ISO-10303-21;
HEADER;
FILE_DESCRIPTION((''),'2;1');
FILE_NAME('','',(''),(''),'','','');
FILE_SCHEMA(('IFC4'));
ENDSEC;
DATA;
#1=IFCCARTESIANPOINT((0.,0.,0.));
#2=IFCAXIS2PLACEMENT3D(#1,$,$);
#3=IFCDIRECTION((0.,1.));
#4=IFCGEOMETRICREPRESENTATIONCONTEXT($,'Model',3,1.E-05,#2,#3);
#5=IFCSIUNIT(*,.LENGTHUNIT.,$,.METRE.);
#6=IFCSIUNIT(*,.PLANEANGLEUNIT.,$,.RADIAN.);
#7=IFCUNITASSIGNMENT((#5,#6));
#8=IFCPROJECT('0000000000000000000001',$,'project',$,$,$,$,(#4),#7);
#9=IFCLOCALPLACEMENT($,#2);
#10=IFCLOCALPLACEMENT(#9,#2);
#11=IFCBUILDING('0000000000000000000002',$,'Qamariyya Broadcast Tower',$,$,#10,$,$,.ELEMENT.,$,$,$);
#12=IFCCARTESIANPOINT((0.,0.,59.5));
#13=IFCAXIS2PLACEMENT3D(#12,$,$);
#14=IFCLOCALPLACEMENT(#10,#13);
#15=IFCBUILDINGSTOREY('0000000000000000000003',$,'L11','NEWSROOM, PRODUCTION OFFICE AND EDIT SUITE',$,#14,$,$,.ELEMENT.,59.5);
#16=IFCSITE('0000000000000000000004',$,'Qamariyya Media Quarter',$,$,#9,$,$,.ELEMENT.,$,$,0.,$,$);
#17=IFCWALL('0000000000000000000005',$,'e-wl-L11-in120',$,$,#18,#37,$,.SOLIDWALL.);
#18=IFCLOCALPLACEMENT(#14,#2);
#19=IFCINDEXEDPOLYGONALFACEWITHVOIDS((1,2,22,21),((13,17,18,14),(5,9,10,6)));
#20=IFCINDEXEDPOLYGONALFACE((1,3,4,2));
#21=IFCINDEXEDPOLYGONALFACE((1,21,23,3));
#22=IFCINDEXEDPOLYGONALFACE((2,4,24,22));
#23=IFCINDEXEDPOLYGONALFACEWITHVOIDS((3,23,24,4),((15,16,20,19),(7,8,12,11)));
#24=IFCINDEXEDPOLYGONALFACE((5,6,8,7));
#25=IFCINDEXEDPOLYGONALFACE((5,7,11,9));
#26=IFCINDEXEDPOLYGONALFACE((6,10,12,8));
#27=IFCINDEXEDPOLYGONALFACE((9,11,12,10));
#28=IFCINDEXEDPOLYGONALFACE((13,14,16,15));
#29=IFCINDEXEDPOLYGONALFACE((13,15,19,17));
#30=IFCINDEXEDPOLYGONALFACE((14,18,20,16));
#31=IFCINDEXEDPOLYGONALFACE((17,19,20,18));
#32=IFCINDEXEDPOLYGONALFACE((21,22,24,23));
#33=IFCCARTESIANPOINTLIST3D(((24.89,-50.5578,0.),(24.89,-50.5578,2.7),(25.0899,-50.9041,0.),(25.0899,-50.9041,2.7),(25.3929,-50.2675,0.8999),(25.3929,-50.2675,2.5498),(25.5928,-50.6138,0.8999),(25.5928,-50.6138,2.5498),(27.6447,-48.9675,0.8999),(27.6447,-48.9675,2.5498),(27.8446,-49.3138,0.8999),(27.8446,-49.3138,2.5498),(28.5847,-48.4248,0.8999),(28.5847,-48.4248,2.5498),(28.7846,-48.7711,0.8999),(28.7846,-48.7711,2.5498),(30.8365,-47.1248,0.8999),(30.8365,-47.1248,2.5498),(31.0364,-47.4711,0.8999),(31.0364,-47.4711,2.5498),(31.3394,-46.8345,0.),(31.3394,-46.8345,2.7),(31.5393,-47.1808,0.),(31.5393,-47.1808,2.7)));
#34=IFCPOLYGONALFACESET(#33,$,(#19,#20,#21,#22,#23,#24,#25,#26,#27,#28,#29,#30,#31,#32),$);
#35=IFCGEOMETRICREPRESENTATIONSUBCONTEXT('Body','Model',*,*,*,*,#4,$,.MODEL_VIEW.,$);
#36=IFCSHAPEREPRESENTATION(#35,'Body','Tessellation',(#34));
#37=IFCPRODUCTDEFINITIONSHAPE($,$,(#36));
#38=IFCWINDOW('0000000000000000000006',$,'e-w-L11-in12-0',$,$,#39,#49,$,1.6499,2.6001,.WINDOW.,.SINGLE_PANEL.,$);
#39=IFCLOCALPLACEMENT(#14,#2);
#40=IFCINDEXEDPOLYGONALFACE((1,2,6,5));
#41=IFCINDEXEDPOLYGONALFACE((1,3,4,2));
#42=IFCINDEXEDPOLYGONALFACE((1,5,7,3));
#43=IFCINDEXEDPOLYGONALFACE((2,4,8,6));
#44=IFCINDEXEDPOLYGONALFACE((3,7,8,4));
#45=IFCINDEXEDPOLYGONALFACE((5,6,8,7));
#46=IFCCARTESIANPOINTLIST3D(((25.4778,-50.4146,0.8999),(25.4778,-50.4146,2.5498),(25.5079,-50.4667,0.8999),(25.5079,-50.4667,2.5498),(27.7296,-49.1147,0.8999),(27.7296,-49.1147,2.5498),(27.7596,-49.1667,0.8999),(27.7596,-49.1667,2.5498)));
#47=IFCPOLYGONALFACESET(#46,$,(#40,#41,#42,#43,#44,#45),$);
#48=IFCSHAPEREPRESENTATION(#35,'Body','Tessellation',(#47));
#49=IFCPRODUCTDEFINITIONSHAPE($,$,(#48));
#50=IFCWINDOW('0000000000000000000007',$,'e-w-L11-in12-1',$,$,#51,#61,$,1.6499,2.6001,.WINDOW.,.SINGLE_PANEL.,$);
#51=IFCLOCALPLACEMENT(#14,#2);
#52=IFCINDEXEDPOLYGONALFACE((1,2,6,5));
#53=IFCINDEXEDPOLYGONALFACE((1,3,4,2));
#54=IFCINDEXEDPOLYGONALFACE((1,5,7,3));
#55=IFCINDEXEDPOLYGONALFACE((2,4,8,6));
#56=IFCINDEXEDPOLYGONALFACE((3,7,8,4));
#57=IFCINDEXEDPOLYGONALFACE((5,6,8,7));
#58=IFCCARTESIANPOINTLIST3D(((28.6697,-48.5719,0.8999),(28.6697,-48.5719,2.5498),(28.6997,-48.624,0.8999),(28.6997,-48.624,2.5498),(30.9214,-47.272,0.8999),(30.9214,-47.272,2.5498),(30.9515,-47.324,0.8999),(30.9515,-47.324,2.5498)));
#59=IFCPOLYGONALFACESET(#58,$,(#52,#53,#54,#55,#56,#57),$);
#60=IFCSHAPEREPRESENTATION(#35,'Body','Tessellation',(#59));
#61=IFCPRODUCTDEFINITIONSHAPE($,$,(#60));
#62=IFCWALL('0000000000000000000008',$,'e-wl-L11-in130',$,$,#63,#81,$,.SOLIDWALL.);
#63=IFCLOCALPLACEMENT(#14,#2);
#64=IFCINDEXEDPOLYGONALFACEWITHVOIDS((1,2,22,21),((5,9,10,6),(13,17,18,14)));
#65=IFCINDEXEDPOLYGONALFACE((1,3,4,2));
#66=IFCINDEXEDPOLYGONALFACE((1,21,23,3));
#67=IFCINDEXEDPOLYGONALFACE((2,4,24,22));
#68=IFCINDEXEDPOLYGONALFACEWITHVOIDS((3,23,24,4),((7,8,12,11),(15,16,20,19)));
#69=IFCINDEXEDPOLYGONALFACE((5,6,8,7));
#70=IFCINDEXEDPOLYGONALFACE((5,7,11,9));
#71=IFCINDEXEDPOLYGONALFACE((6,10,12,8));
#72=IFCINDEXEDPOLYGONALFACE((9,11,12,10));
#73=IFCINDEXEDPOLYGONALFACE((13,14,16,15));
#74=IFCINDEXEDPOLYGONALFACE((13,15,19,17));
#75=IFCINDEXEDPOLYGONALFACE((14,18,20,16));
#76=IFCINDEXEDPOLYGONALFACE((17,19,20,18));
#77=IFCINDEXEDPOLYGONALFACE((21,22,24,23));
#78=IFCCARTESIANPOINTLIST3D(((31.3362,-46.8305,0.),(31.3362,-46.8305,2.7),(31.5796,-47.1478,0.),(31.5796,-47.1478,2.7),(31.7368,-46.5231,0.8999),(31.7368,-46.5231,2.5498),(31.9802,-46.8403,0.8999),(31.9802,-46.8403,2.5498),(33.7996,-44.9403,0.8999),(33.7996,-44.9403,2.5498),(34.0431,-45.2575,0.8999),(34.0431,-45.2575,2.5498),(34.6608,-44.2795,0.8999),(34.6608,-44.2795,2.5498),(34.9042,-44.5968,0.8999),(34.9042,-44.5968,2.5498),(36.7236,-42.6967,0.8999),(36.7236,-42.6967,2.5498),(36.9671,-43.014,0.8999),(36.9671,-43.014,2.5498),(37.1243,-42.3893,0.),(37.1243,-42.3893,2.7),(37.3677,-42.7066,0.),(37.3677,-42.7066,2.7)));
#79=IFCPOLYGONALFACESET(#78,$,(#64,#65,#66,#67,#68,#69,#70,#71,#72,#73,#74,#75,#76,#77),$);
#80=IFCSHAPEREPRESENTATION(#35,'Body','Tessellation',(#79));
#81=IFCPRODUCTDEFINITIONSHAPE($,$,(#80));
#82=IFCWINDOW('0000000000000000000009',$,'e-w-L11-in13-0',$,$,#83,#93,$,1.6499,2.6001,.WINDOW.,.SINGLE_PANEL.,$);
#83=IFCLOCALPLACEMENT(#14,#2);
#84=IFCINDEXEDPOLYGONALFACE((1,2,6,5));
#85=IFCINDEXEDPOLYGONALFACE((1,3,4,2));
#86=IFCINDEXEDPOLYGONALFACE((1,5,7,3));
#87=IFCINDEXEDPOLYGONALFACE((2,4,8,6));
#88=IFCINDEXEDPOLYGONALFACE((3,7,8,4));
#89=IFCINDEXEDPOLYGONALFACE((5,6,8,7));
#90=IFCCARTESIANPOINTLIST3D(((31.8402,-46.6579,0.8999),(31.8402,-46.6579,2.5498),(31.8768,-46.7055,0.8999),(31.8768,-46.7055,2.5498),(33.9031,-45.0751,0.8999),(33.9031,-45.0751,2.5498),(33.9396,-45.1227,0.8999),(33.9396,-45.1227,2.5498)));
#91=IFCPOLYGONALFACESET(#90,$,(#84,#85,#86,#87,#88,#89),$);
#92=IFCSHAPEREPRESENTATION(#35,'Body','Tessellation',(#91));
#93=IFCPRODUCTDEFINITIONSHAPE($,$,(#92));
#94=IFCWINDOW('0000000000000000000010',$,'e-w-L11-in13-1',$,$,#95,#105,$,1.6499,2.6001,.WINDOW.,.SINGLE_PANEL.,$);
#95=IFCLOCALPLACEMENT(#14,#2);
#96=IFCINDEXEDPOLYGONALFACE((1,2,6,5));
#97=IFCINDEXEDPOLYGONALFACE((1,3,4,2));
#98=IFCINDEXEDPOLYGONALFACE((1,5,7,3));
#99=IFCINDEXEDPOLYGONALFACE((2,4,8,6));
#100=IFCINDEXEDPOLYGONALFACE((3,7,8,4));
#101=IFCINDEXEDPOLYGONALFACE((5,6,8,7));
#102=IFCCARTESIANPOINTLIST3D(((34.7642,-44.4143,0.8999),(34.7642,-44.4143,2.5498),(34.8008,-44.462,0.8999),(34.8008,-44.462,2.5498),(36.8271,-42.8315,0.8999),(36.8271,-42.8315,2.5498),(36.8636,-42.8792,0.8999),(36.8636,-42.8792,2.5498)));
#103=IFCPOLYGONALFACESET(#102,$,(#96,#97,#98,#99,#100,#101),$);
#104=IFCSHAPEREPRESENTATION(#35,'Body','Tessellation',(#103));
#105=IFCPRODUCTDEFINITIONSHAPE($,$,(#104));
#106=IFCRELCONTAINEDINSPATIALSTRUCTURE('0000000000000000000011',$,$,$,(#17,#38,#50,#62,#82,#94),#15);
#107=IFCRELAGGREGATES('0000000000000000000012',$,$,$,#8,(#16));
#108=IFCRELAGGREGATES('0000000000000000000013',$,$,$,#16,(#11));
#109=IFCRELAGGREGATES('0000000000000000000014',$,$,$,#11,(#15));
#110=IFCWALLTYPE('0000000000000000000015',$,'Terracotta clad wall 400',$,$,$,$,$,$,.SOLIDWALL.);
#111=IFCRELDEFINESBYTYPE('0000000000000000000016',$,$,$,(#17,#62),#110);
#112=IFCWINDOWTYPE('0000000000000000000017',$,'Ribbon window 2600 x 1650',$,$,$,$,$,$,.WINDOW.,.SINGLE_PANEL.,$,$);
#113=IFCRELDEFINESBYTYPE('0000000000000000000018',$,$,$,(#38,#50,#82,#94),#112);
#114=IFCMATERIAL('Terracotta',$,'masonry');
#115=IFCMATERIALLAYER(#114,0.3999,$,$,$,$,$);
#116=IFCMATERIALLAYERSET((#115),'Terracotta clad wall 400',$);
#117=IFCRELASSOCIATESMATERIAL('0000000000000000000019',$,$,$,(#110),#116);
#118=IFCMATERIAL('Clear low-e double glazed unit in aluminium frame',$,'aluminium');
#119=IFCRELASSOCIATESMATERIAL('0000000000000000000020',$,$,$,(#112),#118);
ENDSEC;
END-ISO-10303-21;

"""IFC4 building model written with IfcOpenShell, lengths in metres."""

from ifc_helpers import new_model, si_unit, direction, frame, frame_2d, origin, place, context, subcontext, project, spatial, rectangle, extrude, material, layer, layer_set, type_object, element, fill, save


model = new_model("IFC4")

# Units and contexts
model_context = context("Model", 3, precision=1e-05, world=origin(), true_north=direction((0.0, 1.0)))
body_context = subcontext(model_context, "Body", "Model", "MODEL_VIEW")
ifc_project = project(units=[si_unit("LENGTHUNIT", "METRE"), si_unit("PLANEANGLEUNIT", "RADIAN")], contexts=[model_context])

# Site, building, storey
site_placement = place(None, origin())
building_placement = place(site_placement, origin())
storey_placement = place(building_placement, frame((0.0, 0.0, 59.5)))
site = spatial("IfcSite", under=ifc_project, at=site_placement, Name="Qamariyya Media Quarter", CompositionType="ELEMENT", RefElevation=0.0)
building = spatial("IfcBuilding", under=site, at=building_placement, Name="Qamariyya Broadcast Tower", CompositionType="ELEMENT")
storey = spatial("IfcBuildingStorey", under=building, at=storey_placement, Name="L11", Description="NEWSROOM, PRODUCTION OFFICE AND EDIT SUITE", CompositionType="ELEMENT", Elevation=59.5)

# Walls, openings, windows
ifc_material_1 = material(Name="Terracotta", Category="masonry")
ifc_layer = layer(ifc_material_1, 0.3999)
ifc_layer_set = layer_set([ifc_layer], Name="Terracotta clad wall 400")
wall_type = type_object("IfcWallType", Name="Terracotta clad wall 400", PredefinedType="SOLIDWALL", material=ifc_layer_set)
wall_1_placement = place(storey_placement, frame((31.4395, -47.0076, 0.0), z_axis=(0.0, 0.0, 1.0), x_axis=(-0.866038, -0.499979, 0.0)))
wall_1 = element("IfcWall", 1, at=wall_1_placement, inside=storey, type_object=wall_type, Name="e-wl-L11-in120", PredefinedType="SOLIDWALL", context=body_context, shape_type="SweptSolid", body=[
    extrude(rectangle(XDim=7.447, YDim=0.3999, at=frame_2d((3.7236, 0.0))), origin(), (0.0, 0.0, 1.0), 2.7),
])
opening_1_placement = place(wall_1_placement, frame((4.2664, 0.0, 0.8999)))
opening_1 = element("IfcOpeningElement", 2, at=opening_1_placement, cuts=wall_1, PredefinedType="OPENING", context=body_context, shape_type="SweptSolid", body=[
    extrude(rectangle(XDim=2.6001, YDim=1.6499, at=frame_2d((1.3, 0.825))), frame((0.0, 0.21, 0.0), z_axis=(0.0, -1.0, 0.0), x_axis=(1.0, 0.0, 0.0)), (0.0, 0.0, 1.0), 0.4199),
])
opening_2_placement = place(wall_1_placement, frame((0.5808, 0.0, 0.8999)))
opening_2 = element("IfcOpeningElement", 3, at=opening_2_placement, cuts=wall_1, PredefinedType="OPENING", context=body_context, shape_type="SweptSolid", body=[
    extrude(rectangle(XDim=2.6001, YDim=1.6499, at=frame_2d((1.3, 0.825))), frame((0.0, 0.21, 0.0), z_axis=(0.0, -1.0, 0.0), x_axis=(1.0, 0.0, 0.0)), (0.0, 0.0, 1.0), 0.4199),
])
ifc_material_2 = material(Name="Clear low-e double glazed unit in aluminium frame", Category="aluminium")
window_type = type_object("IfcWindowType", Name="Ribbon window 2600 x 1650", PartitioningType="SINGLE_PANEL", PredefinedType="WINDOW", material=ifc_material_2)
window_1_placement = place(opening_1_placement, origin())
window_1 = element("IfcWindow", 4, at=window_1_placement, inside=storey, type_object=window_type, Name="e-w-L11-in12-0", OverallHeight=1.6499, OverallWidth=2.6001, PartitioningType="SINGLE_PANEL", PredefinedType="WINDOW", context=body_context, shape_type="SweptSolid", body=[
    extrude(rectangle(XDim=2.6001, YDim=1.6499, at=frame_2d((1.3, 0.825))), frame((0.0, 0.03, 0.0), z_axis=(0.0, -1.0, 0.0), x_axis=(1.0, 0.0, 0.0)), (0.0, 0.0, 1.0), 0.0601),
])
fill(opening_1, window_1)
window_2_placement = place(opening_2_placement, origin())
window_2 = element("IfcWindow", 5, at=window_2_placement, inside=storey, type_object=window_type, Name="e-w-L11-in12-1", OverallHeight=1.6499, OverallWidth=2.6001, PartitioningType="SINGLE_PANEL", PredefinedType="WINDOW", context=body_context, shape_type="SweptSolid", body=[
    extrude(rectangle(XDim=2.6001, YDim=1.6499, at=frame_2d((1.3, 0.825))), frame((0.0, 0.03, 0.0), z_axis=(0.0, -1.0, 0.0), x_axis=(1.0, 0.0, 0.0)), (0.0, 0.0, 1.0), 0.0601),
])
fill(opening_2, window_2)
wall_2_placement = place(storey_placement, frame((37.2461, -42.5479, 0.0), z_axis=(0.0, 0.0, 1.0), x_axis=(-0.793366, -0.608745, 0.0)))
wall_2 = element("IfcWall", 6, at=wall_2_placement, inside=storey, type_object=wall_type, Name="e-wl-L11-in130", PredefinedType="SOLIDWALL", context=body_context, shape_type="SweptSolid", body=[
    extrude(rectangle(XDim=7.2957, YDim=0.3999, at=frame_2d((3.6479, 0.0))), origin(), (0.0, 0.0, 1.0), 2.7),
])
opening_3_placement = place(wall_2_placement, frame((4.1907, 0.0, 0.8999)))
opening_3 = element("IfcOpeningElement", 7, at=opening_3_placement, cuts=wall_2, PredefinedType="OPENING", context=body_context, shape_type="SweptSolid", body=[
    extrude(rectangle(XDim=2.6001, YDim=1.6499, at=frame_2d((1.3, 0.825))), frame((0.0, 0.21, 0.0), z_axis=(0.0, -1.0, 0.0), x_axis=(1.0, 0.0, 0.0)), (0.0, 0.0, 1.0), 0.4199),
])
opening_4_placement = place(wall_2_placement, frame((0.5051, 0.0, 0.8999)))
opening_4 = element("IfcOpeningElement", 8, at=opening_4_placement, cuts=wall_2, PredefinedType="OPENING", context=body_context, shape_type="SweptSolid", body=[
    extrude(rectangle(XDim=2.6001, YDim=1.6499, at=frame_2d((1.3, 0.825))), frame((0.0, 0.21, 0.0), z_axis=(0.0, -1.0, 0.0), x_axis=(1.0, 0.0, 0.0)), (0.0, 0.0, 1.0), 0.4199),
])
window_3_placement = place(opening_3_placement, origin())
window_3 = element("IfcWindow", 9, at=window_3_placement, inside=storey, type_object=window_type, Name="e-w-L11-in13-0", OverallHeight=1.6499, OverallWidth=2.6001, PartitioningType="SINGLE_PANEL", PredefinedType="WINDOW", context=body_context, shape_type="SweptSolid", body=[
    extrude(rectangle(XDim=2.6001, YDim=1.6499, at=frame_2d((1.3, 0.825))), frame((0.0, 0.03, 0.0), z_axis=(0.0, -1.0, 0.0), x_axis=(1.0, 0.0, 0.0)), (0.0, 0.0, 1.0), 0.0601),
])
fill(opening_3, window_3)
window_4_placement = place(opening_4_placement, origin())
window_4 = element("IfcWindow", 10, at=window_4_placement, inside=storey, type_object=window_type, Name="e-w-L11-in13-1", OverallHeight=1.6499, OverallWidth=2.6001, PartitioningType="SINGLE_PANEL", PredefinedType="WINDOW", context=body_context, shape_type="SweptSolid", body=[
    extrude(rectangle(XDim=2.6001, YDim=1.6499, at=frame_2d((1.3, 0.825))), frame((0.0, 0.03, 0.0), z_axis=(0.0, -1.0, 0.0), x_axis=(1.0, 0.0, 0.0)), (0.0, 0.0, 1.0), 0.0601),
])
fill(opening_4, window_4)

save(model, "model.ifc")
